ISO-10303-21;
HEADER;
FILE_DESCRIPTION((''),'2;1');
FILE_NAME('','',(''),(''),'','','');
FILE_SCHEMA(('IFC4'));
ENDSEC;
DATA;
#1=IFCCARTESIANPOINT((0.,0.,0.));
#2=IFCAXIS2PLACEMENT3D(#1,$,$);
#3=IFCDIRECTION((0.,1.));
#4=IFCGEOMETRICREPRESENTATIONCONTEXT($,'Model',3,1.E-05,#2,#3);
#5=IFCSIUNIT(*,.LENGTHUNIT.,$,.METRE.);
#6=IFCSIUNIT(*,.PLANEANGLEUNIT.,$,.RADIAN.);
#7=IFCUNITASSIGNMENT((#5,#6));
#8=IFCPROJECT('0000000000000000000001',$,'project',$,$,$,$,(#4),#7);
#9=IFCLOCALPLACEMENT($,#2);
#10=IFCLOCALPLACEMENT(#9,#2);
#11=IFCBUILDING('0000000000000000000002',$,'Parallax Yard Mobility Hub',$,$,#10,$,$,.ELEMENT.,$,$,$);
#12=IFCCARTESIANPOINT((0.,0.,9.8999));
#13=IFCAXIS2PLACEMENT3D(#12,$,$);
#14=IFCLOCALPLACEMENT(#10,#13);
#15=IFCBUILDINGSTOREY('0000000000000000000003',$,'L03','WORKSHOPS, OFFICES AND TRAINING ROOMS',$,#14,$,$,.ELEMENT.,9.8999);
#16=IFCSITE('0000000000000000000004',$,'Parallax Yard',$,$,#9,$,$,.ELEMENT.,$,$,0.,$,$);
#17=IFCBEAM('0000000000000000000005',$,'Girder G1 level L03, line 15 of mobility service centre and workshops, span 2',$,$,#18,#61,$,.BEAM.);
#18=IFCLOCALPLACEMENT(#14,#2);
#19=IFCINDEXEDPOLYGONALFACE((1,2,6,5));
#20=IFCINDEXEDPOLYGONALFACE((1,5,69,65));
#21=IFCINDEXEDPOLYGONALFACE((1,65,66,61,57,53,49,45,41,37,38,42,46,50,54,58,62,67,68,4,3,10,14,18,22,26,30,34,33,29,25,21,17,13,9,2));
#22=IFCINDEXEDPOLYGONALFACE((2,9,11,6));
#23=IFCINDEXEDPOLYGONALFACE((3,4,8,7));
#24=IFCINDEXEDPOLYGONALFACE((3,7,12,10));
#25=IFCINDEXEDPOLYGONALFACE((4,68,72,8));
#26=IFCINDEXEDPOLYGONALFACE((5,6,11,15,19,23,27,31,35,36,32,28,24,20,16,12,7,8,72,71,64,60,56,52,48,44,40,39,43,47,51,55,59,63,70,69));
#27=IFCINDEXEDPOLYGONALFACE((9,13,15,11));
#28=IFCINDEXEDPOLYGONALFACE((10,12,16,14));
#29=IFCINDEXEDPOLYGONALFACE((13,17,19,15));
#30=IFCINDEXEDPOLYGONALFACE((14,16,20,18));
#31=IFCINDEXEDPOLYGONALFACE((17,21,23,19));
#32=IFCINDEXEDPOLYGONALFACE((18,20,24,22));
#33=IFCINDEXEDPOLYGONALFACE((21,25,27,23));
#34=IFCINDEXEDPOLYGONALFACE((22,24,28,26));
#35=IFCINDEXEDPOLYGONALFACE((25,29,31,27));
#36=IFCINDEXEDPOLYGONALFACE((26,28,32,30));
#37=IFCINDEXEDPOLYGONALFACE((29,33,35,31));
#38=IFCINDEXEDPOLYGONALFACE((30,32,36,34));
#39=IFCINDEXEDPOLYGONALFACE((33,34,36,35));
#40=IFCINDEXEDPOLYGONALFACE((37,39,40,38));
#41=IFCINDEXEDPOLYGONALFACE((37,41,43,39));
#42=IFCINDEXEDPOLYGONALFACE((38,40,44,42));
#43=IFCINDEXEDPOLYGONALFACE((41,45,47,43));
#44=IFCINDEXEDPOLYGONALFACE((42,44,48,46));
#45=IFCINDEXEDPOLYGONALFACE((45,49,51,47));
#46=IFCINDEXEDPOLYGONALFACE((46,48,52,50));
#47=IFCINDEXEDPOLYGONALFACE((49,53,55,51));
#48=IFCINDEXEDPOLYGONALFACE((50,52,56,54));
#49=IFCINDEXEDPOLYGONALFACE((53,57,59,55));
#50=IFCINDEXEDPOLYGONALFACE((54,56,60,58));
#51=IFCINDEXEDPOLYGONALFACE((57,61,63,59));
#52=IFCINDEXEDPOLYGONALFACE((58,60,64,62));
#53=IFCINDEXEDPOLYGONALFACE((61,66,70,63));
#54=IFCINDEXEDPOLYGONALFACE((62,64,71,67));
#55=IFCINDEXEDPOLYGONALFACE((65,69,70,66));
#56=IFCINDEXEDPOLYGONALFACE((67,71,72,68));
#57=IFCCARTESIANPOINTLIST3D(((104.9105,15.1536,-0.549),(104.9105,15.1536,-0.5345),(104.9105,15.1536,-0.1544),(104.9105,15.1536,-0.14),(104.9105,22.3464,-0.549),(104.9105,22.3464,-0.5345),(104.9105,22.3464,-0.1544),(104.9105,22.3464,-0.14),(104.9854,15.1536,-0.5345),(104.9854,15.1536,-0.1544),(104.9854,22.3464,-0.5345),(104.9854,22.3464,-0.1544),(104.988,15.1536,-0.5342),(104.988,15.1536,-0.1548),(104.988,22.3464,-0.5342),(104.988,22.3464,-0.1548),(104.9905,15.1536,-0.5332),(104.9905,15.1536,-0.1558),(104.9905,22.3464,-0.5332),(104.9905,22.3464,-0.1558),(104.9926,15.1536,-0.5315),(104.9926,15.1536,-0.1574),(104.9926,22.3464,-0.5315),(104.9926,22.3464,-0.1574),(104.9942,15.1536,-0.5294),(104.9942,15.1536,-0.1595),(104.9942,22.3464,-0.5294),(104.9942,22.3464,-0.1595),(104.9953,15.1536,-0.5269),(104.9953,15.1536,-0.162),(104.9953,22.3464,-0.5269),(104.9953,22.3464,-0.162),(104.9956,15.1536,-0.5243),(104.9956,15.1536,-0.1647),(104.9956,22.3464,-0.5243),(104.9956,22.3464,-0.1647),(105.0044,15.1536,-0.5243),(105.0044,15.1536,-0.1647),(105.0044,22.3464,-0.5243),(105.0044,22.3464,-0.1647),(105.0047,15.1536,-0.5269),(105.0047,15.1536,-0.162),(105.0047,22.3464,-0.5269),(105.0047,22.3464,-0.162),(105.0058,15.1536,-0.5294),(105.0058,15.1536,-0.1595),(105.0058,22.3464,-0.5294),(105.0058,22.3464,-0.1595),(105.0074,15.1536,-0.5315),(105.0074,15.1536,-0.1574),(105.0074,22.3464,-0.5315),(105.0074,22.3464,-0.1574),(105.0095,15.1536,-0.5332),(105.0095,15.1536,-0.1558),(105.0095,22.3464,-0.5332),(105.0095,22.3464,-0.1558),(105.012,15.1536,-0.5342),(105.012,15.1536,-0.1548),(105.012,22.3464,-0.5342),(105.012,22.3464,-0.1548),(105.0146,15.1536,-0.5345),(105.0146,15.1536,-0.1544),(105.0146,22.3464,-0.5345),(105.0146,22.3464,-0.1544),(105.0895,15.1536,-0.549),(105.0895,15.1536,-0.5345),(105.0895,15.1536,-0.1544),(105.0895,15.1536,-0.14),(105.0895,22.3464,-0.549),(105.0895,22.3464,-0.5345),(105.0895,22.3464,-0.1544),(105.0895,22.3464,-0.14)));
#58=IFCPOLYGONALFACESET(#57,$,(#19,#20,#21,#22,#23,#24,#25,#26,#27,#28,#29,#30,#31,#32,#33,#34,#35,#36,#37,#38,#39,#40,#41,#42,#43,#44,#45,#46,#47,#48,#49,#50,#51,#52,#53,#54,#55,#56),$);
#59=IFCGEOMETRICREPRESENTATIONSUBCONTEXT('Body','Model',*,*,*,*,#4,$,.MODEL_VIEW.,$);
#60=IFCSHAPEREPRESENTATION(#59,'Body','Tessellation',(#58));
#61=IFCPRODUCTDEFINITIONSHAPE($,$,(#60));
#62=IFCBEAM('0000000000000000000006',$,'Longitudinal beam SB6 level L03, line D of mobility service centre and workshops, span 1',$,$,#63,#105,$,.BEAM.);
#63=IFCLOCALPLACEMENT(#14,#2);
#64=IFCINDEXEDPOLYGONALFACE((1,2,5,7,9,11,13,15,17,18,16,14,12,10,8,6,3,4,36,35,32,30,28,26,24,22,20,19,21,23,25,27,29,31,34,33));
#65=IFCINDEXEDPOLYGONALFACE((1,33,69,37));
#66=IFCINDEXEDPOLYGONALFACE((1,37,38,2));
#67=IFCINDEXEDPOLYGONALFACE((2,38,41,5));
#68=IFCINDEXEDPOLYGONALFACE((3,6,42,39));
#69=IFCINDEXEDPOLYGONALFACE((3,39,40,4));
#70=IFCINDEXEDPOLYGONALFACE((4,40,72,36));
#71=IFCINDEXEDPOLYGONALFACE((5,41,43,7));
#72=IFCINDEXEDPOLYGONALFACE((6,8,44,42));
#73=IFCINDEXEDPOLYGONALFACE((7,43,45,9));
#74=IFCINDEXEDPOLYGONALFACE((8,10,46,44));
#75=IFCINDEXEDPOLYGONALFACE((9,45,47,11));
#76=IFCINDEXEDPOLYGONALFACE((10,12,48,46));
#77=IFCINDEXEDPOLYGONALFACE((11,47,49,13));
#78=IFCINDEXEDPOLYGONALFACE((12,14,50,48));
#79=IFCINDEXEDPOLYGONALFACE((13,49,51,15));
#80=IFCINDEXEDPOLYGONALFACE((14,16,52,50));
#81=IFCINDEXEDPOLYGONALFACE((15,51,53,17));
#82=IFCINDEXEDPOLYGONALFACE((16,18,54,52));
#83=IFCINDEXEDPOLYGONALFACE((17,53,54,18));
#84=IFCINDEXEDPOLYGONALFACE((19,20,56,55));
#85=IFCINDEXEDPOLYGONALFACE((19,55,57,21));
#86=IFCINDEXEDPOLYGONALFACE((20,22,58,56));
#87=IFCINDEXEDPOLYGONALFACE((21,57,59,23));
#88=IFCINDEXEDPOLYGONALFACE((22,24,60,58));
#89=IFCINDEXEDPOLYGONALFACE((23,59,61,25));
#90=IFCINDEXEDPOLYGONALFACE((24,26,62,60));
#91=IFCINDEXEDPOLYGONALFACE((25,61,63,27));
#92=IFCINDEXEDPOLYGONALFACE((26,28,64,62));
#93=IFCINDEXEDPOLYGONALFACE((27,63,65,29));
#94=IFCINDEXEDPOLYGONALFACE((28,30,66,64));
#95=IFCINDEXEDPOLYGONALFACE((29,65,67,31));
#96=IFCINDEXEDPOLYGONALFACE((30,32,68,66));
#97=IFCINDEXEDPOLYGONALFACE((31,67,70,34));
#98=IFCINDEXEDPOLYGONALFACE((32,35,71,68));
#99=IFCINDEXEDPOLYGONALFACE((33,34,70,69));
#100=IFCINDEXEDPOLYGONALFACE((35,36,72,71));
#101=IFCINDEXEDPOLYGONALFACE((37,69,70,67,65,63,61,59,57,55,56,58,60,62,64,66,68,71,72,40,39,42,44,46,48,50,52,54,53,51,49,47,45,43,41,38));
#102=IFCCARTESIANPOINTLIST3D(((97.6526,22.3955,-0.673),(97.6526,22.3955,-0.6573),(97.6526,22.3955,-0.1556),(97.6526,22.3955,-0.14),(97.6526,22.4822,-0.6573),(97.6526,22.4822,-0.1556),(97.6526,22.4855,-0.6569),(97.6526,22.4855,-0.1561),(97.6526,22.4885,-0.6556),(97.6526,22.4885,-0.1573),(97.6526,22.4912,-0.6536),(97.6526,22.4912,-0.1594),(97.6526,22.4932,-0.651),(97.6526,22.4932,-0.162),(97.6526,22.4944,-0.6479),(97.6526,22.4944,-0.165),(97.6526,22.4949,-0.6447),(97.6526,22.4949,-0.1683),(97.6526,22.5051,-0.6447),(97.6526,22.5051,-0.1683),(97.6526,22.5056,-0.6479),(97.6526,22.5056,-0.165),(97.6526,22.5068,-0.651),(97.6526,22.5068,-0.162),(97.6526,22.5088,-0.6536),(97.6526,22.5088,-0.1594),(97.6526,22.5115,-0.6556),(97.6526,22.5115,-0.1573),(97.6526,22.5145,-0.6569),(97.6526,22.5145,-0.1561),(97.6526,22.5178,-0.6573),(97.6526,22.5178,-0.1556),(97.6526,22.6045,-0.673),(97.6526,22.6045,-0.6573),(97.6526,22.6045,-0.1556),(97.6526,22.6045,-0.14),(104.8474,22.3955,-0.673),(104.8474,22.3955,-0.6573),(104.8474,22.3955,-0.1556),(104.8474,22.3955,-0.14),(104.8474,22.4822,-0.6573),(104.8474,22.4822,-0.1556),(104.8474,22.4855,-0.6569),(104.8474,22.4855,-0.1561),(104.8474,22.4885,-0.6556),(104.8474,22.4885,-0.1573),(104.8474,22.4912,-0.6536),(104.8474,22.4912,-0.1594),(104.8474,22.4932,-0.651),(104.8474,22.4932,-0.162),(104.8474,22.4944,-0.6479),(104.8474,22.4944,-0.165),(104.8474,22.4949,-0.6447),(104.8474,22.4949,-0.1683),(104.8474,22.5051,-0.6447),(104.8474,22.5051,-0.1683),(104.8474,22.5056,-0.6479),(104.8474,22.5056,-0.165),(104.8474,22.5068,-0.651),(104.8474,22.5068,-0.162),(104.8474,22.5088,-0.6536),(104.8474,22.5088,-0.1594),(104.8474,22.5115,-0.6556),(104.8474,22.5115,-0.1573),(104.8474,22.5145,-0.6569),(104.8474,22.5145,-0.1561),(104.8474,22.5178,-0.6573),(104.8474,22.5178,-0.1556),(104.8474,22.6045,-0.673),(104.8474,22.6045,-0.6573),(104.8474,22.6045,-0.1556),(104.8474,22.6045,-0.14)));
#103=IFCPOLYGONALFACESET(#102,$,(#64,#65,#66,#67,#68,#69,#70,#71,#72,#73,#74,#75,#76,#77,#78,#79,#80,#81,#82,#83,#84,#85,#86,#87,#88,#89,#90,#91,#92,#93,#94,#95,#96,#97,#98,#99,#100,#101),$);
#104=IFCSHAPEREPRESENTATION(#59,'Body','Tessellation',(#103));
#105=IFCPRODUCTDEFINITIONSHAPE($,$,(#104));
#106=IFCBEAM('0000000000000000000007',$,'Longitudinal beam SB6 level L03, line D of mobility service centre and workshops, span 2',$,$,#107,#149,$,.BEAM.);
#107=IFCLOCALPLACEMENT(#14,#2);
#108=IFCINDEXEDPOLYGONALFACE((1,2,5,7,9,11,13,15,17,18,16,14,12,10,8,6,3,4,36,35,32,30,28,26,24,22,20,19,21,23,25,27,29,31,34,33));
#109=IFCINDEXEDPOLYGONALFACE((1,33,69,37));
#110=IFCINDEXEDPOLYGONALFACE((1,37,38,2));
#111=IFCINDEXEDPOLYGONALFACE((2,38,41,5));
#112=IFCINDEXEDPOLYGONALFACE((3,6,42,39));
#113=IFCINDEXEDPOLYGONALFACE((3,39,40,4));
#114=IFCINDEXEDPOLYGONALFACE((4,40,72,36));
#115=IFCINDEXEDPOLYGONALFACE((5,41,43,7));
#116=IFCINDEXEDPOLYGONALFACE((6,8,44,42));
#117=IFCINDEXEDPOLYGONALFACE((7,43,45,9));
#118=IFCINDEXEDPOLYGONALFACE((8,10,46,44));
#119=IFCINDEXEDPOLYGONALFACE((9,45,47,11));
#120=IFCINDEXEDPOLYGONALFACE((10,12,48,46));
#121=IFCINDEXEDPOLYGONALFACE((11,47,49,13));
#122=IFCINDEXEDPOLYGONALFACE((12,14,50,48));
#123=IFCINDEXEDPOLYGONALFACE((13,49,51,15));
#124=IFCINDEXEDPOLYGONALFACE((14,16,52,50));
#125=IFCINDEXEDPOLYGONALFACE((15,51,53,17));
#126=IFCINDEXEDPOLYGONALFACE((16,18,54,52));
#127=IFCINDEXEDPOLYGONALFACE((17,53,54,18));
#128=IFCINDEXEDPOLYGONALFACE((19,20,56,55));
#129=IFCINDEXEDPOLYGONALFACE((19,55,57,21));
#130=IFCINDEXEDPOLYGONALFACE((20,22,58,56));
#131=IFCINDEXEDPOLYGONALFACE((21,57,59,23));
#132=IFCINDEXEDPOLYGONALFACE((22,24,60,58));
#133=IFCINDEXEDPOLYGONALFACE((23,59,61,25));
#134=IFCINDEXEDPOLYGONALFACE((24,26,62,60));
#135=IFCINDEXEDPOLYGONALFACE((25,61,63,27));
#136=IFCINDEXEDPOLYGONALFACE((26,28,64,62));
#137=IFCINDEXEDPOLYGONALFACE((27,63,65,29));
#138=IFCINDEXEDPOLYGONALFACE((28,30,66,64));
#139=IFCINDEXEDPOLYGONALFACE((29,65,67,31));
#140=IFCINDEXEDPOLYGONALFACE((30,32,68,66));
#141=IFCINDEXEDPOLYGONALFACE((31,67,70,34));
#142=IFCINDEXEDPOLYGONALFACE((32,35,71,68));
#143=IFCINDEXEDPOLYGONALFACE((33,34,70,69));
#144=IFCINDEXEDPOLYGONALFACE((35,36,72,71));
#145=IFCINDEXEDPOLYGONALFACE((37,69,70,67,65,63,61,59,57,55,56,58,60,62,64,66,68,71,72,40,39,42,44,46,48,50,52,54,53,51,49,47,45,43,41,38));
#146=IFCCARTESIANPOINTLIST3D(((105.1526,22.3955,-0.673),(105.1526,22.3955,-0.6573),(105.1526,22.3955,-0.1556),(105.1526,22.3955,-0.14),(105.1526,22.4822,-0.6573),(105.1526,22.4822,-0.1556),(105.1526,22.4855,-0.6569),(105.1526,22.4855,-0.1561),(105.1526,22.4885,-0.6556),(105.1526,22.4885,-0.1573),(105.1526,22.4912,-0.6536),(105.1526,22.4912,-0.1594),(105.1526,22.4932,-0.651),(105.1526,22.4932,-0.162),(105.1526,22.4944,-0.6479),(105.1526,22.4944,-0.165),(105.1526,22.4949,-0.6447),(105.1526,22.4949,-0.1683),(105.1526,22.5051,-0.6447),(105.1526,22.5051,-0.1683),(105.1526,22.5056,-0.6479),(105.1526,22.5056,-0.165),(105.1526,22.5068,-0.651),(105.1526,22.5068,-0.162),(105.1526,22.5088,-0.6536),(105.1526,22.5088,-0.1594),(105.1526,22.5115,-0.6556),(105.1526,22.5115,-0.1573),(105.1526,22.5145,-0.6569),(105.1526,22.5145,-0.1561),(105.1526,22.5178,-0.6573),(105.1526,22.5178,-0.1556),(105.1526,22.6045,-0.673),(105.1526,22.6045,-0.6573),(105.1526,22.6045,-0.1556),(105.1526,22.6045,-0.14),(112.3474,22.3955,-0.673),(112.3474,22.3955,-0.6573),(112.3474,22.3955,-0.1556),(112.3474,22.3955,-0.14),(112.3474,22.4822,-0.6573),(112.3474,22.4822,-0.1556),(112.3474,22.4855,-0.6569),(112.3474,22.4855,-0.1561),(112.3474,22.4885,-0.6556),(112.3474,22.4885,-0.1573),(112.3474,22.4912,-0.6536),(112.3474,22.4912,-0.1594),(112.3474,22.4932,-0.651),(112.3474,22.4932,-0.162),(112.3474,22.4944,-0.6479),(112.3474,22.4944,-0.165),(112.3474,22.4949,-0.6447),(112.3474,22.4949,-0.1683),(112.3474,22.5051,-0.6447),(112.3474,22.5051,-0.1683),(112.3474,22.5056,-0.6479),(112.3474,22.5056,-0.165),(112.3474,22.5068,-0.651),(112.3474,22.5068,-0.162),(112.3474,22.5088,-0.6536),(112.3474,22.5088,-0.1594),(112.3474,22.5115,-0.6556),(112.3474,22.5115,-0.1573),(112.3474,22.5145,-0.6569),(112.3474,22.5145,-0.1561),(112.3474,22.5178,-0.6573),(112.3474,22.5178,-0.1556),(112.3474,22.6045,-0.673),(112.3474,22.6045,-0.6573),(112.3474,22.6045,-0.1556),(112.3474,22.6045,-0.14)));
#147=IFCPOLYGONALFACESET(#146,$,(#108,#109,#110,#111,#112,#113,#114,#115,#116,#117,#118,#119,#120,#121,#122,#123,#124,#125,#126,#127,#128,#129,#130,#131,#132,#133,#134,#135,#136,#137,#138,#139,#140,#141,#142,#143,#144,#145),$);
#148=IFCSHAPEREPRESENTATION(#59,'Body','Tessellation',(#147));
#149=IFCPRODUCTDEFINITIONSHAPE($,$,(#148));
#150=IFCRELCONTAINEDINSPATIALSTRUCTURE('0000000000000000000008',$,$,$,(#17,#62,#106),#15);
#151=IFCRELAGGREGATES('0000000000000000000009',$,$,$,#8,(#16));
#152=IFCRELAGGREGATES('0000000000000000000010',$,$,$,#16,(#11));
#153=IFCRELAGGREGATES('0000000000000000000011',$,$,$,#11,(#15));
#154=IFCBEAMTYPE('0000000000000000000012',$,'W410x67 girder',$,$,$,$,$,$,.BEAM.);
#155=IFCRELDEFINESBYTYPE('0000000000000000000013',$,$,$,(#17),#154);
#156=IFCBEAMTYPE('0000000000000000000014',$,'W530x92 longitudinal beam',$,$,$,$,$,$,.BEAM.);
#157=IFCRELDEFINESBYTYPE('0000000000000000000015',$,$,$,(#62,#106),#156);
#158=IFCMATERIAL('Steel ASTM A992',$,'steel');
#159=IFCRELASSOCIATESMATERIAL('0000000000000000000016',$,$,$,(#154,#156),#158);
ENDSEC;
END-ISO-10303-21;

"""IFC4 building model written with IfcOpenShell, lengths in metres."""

from ifc_helpers import new_model, si_unit, direction, frame, origin, origin_2d, place, context, subcontext, project, spatial, i_section, extrude, material, material_profile, profile_set, type_object, element, save


model = new_model("IFC4")

# Units and contexts
model_context = context("Model", 3, precision=1e-05, world=origin(), true_north=direction((0.0, 1.0)))
body_context = subcontext(model_context, "Body", "Model", "MODEL_VIEW")
ifc_project = project(units=[si_unit("LENGTHUNIT", "METRE"), si_unit("PLANEANGLEUNIT", "RADIAN")], contexts=[model_context])

# Site, building, storey
site_placement = place(None, origin())
site = spatial("IfcSite", under=ifc_project, at=site_placement, Name="Parallax Yard", CompositionType="ELEMENT", RefElevation=0.0)
building_placement = place(site_placement, origin())
building = spatial("IfcBuilding", under=site, at=building_placement, Name="Parallax Yard Mobility Hub", CompositionType="ELEMENT")
storey_placement = place(building_placement, frame((0.0, 0.0, 9.8999)))
storey = spatial("IfcBuildingStorey", under=building, at=storey_placement, Name="L03", Description="WORKSHOPS, OFFICES AND TRAINING ROOMS", CompositionType="ELEMENT", Elevation=9.8999)

# Shared definitions
ifc_material_1 = material(Name="Steel ASTM A992", Category="steel")

# Beams
ifc_material_profile_1 = material_profile(ifc_material_1, i_section(OverallWidth=0.179, OverallDepth=0.4089, WebThickness=0.0088, FlangeThickness=0.0144, FilletRadius=0.0103, at=origin_2d()), Name="W410x67")
ifc_profile_set_1 = profile_set([ifc_material_profile_1], Name="Steel ASTM A992")
beam_type_1 = type_object("IfcBeamType", Name="W410x67 girder", PredefinedType="BEAM", material=ifc_profile_set_1)
beam_placement = place(storey_placement, frame((105.0, 15.1536, -0.3445), z_axis=(0.0, 1.0, 0.0), x_axis=(-1.0, 0.0, 0.0)))
element("IfcBeam", 1, at=beam_placement, inside=storey, type_object=beam_type_1, Name="Girder G1 level L03, line 15 of mobility service centre and workshops, span 2", PredefinedType="BEAM", context=body_context, shape_type="SweptSolid", body=[
    extrude(i_section(OverallWidth=0.179, OverallDepth=0.4089, WebThickness=0.0088, FlangeThickness=0.0144, FilletRadius=0.0103, at=origin_2d()), origin(), (0.0, 0.0, 1.0), 7.1929),
])
ifc_material_profile_2 = material_profile(ifc_material_1, i_section(OverallWidth=0.209, OverallDepth=0.533, WebThickness=0.0103, FlangeThickness=0.0156, FilletRadius=0.0127, at=origin_2d()), Name="W530x92")
ifc_profile_set_2 = profile_set([ifc_material_profile_2], Name="Steel ASTM A992")
beam_type_2 = type_object("IfcBeamType", Name="W530x92 longitudinal beam", PredefinedType="BEAM", material=ifc_profile_set_2)
for number, where, z_axis, x_axis, name in (
    (2, (97.6526, 22.5, -0.4065), (1.0, 0.0, 0.0), (0.0, 1.0, 0.0), "Longitudinal beam SB6 level L03, line D of mobility service centre and workshops, span 1"),
    (3, (105.1526, 22.5, -0.4065), (1.0, 0.0, 0.0), (0.0, 1.0, 0.0), "Longitudinal beam SB6 level L03, line D of mobility service centre and workshops, span 2"),
):
    element("IfcBeam", number, at=place(storey_placement, frame(where, z_axis=z_axis, x_axis=x_axis)), inside=storey, type_object=beam_type_2, Name=name, PredefinedType="BEAM", context=body_context, shape_type="SweptSolid", body=[
        extrude(i_section(OverallWidth=0.209, OverallDepth=0.533, WebThickness=0.0103, FlangeThickness=0.0156, FilletRadius=0.0127, at=origin_2d()), origin(), (0.0, 0.0, 1.0), 7.1948),
    ])

save(model, "model.ifc")
